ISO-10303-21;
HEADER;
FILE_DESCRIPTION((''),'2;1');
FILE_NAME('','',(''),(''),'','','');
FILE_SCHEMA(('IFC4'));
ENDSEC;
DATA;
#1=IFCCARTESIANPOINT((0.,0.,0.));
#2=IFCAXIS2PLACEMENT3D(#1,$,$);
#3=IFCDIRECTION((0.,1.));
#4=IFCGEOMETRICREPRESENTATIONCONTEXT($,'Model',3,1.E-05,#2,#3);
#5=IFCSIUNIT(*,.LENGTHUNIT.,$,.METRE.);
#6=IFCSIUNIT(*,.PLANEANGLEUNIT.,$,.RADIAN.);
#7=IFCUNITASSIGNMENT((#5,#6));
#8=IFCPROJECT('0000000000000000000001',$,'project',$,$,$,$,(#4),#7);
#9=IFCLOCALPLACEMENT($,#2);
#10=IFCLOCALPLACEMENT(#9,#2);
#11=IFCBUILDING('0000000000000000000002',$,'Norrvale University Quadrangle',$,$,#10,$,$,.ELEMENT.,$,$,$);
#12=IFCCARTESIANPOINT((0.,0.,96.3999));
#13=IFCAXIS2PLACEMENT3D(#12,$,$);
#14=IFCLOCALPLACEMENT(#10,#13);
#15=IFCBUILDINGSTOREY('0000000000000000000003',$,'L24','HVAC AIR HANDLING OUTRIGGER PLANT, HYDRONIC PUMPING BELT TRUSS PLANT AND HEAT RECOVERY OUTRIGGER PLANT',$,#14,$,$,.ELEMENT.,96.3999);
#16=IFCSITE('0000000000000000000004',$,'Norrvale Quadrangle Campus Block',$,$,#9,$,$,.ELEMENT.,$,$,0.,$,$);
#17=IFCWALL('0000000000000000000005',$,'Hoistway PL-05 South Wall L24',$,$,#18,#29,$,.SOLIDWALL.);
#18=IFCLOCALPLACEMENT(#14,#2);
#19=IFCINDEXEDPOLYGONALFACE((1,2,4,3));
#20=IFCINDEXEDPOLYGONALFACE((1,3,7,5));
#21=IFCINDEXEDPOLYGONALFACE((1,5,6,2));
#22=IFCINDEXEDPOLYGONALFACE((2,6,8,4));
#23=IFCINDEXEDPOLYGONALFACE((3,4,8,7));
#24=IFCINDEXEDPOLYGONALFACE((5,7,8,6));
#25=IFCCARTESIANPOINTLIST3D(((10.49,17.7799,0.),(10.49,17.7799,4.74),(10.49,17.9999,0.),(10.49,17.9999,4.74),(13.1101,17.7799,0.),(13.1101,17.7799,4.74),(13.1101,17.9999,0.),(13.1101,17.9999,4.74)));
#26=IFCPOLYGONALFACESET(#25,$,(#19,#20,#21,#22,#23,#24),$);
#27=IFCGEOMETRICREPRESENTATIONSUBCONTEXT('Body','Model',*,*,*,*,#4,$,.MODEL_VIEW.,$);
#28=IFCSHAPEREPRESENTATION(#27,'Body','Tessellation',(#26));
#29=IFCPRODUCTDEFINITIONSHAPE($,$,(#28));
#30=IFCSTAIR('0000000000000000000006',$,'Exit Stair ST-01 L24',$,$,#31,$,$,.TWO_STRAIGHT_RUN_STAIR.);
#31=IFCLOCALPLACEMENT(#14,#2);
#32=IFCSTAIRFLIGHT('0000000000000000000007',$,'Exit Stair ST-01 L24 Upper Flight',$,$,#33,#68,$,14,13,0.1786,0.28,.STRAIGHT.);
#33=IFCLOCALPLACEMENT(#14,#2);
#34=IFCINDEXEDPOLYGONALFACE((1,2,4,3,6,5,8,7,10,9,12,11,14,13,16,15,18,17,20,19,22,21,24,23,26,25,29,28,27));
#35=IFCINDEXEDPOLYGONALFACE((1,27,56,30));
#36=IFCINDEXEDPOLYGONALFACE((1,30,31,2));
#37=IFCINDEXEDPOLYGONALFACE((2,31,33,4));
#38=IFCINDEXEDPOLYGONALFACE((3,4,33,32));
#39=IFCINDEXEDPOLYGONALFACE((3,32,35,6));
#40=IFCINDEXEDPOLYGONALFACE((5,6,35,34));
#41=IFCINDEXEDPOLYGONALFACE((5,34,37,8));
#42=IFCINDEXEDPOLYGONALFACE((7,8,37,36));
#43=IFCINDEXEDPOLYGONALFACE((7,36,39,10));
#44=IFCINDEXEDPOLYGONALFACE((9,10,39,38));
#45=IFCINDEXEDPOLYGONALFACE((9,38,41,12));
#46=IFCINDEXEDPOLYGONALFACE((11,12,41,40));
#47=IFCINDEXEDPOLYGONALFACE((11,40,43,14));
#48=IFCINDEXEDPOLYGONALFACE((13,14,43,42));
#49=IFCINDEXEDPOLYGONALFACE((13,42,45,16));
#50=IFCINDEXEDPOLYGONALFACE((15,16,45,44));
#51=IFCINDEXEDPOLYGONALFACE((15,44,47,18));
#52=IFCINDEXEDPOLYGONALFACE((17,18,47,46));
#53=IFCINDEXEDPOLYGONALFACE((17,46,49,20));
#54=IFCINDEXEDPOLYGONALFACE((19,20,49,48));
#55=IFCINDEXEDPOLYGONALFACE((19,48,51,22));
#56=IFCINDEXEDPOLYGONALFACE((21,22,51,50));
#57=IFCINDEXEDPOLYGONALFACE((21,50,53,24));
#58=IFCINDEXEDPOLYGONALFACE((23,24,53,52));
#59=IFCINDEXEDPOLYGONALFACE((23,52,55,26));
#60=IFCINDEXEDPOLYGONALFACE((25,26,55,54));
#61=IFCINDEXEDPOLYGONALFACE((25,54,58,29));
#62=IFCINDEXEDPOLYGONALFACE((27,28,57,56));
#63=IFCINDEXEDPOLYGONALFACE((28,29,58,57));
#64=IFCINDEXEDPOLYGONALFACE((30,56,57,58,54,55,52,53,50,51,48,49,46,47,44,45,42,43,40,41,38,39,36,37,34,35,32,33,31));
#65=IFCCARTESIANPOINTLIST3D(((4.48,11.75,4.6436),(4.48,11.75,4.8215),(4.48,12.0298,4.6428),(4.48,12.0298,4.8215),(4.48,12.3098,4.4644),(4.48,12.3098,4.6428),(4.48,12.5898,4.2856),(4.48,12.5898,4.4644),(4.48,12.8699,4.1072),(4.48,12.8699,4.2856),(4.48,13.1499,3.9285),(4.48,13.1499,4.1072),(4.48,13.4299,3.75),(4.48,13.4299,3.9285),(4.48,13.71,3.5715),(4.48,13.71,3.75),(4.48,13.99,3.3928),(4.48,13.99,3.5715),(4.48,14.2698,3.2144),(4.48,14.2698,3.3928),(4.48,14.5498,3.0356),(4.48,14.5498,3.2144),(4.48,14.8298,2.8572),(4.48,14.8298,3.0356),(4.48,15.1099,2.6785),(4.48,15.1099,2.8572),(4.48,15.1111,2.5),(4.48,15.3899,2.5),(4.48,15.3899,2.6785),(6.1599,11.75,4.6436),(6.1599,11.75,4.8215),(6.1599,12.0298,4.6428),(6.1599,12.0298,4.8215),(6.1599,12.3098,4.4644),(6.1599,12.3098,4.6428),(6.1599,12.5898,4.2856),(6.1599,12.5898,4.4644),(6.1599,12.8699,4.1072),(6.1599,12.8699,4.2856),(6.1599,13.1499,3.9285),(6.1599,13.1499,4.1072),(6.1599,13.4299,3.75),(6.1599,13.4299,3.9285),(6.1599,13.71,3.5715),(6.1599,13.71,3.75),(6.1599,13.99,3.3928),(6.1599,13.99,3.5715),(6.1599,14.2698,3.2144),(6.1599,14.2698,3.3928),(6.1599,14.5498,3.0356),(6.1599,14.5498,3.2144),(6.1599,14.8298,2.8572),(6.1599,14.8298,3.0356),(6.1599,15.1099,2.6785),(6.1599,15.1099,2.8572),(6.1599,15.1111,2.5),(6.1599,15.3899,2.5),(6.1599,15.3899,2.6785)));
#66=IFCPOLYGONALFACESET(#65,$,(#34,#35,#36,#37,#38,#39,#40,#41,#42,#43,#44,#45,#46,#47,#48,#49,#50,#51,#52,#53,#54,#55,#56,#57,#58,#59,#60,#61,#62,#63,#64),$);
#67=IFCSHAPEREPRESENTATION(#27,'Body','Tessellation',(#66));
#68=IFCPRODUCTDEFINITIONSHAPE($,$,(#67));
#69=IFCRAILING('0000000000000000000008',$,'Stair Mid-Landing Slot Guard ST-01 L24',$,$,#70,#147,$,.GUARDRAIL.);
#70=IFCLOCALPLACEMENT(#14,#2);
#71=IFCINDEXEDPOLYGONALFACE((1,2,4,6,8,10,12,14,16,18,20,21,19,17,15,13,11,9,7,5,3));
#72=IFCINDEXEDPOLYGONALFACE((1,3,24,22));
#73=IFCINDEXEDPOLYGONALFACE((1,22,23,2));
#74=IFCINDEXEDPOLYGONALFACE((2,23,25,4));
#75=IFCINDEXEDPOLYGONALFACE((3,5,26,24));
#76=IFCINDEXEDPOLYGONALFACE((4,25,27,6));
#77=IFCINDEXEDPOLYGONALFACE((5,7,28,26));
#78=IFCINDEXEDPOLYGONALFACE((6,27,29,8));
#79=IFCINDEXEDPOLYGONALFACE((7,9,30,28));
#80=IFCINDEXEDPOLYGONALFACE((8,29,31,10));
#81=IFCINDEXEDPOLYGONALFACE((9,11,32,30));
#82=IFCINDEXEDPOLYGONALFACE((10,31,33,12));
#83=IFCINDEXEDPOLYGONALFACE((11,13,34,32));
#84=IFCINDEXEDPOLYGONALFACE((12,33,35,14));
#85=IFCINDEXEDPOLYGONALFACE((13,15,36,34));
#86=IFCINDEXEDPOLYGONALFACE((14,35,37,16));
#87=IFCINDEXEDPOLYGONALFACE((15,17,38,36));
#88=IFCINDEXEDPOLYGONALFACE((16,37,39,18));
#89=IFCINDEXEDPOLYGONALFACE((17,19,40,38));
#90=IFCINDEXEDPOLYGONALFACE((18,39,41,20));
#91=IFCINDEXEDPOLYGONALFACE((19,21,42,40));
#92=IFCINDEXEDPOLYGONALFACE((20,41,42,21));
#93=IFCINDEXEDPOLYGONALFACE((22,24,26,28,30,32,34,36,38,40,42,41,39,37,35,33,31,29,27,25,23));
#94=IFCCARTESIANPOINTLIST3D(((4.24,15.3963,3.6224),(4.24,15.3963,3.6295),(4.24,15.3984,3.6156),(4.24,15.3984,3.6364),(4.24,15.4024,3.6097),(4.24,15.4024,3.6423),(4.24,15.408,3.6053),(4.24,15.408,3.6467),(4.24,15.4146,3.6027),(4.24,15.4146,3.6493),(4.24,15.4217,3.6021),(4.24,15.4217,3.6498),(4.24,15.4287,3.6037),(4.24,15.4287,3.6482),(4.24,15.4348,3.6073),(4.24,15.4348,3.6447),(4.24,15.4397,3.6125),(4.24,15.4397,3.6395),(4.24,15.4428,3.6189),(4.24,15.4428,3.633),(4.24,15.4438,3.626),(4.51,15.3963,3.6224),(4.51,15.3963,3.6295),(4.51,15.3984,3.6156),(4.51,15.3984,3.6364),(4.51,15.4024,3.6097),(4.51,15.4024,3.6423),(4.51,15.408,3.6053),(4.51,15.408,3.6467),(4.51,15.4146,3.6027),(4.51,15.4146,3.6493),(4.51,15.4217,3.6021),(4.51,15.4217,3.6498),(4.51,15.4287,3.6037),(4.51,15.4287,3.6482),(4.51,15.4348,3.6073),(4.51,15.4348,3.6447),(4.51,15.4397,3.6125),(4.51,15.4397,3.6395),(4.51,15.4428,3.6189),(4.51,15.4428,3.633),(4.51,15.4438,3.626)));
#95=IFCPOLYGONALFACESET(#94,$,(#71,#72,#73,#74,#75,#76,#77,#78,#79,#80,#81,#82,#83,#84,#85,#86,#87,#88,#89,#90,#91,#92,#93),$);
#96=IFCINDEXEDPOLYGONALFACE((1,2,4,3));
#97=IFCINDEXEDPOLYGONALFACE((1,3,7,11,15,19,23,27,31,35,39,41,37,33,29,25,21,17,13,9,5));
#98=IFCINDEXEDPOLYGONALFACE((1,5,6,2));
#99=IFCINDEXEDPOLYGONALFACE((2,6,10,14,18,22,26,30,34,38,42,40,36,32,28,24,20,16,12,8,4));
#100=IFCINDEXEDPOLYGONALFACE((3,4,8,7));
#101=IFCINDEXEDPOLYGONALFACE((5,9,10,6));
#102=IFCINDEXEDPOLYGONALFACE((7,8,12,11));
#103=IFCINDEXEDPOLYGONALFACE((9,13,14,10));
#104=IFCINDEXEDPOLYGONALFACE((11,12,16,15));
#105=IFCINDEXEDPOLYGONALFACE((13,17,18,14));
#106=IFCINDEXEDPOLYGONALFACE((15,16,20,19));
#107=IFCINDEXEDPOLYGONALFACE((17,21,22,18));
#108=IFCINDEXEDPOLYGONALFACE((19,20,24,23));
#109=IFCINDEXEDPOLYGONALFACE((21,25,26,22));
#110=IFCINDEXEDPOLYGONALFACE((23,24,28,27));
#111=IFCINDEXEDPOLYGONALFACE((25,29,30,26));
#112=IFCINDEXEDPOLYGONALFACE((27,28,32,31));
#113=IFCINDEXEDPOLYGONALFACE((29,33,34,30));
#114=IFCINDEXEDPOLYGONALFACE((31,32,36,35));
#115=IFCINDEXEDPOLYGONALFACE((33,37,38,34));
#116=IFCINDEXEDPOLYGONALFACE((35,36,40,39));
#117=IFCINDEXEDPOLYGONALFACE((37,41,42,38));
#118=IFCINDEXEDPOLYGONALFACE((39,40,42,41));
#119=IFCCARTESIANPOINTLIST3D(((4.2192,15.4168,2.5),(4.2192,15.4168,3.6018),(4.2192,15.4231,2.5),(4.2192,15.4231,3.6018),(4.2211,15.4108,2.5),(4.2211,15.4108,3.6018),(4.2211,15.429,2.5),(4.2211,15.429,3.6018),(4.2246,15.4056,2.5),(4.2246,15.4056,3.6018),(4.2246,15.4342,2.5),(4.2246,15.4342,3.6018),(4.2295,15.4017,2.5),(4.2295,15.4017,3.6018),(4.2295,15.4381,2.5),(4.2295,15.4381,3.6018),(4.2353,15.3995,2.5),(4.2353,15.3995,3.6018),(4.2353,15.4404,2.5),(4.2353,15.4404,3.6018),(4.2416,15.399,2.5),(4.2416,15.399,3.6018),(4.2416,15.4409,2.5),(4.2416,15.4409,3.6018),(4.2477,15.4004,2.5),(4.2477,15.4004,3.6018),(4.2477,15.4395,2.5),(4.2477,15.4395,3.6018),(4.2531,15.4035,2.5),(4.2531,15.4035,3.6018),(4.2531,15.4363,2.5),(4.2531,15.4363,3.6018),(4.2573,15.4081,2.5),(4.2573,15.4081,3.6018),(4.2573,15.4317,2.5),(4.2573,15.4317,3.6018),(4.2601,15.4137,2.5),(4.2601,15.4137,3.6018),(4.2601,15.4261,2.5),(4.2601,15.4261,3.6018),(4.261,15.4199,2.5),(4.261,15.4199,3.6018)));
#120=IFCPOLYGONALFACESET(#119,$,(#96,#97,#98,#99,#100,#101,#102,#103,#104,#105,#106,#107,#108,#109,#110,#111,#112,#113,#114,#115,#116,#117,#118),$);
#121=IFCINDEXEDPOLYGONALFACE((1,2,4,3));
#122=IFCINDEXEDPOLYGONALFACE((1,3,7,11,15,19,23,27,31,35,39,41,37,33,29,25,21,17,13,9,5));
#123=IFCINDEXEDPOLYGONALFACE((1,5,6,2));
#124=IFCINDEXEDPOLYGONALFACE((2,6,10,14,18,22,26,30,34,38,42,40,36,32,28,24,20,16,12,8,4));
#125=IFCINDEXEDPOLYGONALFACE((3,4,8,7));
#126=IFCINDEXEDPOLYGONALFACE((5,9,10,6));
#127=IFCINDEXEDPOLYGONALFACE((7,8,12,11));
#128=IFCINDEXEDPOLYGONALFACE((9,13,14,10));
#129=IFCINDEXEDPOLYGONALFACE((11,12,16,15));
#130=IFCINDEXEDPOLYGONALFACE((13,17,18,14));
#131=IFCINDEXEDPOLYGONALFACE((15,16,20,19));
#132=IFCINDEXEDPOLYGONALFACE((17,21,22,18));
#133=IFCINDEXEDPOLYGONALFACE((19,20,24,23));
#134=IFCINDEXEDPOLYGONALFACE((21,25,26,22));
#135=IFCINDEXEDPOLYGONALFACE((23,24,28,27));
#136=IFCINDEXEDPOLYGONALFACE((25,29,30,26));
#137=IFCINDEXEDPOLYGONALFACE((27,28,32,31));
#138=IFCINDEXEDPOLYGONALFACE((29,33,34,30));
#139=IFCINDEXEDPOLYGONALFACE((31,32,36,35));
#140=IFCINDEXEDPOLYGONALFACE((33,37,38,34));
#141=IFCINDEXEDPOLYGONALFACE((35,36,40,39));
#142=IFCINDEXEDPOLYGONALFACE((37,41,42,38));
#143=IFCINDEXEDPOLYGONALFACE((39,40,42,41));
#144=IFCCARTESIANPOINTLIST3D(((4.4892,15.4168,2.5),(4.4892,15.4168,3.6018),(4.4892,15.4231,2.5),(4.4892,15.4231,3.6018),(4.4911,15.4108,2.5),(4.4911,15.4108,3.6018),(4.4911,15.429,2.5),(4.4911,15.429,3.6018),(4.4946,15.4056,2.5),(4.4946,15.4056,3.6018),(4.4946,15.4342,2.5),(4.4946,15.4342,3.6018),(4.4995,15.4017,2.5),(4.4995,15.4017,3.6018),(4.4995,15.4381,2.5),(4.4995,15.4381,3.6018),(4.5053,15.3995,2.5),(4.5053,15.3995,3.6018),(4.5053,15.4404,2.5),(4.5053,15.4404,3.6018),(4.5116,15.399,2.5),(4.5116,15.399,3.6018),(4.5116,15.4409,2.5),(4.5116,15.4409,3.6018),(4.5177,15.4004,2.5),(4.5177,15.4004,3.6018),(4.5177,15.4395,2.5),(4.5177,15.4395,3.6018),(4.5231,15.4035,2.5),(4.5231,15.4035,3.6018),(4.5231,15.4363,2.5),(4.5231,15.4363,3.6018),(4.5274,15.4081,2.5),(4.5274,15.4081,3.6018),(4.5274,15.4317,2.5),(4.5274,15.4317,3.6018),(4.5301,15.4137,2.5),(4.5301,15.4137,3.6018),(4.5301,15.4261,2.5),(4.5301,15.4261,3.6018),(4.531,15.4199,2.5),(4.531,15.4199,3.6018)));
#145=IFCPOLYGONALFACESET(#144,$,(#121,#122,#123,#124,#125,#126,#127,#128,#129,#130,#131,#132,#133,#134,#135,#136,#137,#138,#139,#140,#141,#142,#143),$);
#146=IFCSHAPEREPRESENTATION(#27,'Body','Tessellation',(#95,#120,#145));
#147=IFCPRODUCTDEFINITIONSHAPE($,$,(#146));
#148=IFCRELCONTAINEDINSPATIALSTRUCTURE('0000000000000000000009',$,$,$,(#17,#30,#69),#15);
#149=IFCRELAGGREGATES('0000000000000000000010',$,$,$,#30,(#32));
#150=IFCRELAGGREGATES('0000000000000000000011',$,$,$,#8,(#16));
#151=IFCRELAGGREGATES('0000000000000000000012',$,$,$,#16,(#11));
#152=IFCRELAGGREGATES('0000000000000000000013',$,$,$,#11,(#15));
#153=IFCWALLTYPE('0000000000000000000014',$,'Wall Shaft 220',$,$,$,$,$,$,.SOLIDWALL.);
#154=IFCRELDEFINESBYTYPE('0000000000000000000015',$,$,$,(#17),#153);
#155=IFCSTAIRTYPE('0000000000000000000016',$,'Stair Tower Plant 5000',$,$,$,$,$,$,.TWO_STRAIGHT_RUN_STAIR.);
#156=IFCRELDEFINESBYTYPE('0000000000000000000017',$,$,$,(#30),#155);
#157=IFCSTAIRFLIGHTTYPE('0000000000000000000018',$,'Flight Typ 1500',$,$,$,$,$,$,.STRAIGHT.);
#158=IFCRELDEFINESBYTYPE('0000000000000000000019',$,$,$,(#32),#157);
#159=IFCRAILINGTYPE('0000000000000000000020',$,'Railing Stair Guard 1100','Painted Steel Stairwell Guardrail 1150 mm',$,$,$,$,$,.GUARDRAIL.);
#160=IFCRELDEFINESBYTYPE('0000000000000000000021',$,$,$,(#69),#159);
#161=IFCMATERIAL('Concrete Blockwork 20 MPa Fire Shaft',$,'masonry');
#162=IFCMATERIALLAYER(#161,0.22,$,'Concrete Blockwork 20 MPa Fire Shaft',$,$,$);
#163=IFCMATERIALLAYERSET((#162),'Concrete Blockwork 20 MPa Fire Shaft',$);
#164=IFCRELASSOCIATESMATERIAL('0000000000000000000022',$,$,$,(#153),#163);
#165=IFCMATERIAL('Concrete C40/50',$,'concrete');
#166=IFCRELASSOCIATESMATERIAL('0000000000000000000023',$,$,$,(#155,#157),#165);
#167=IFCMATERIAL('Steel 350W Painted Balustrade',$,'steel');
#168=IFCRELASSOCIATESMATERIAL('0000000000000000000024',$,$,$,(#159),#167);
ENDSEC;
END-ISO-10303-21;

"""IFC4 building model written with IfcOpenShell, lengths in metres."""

from ifc_helpers import new_model, si_unit, direction, frame, frame_2d, origin, origin_2d, place, context, subcontext, project, spatial, polyline, rectangle, circle, outline, extrude, material, layer, layer_set, type_object, element, aggregate, save


model = new_model("IFC4")

# Units and contexts
model_context = context("Model", 3, precision=1e-05, world=origin(), true_north=direction((0.0, 1.0)))
body_context = subcontext(model_context, "Body", "Model", "MODEL_VIEW")
ifc_project = project(units=[si_unit("LENGTHUNIT", "METRE"), si_unit("PLANEANGLEUNIT", "RADIAN")], contexts=[model_context])

# Site, building, storey
site_placement = place(None, origin())
site = spatial("IfcSite", under=ifc_project, at=site_placement, Name="Norrvale Quadrangle Campus Block", CompositionType="ELEMENT", RefElevation=0.0)
building_placement = place(site_placement, origin())
building = spatial("IfcBuilding", under=site, at=building_placement, Name="Norrvale University Quadrangle", CompositionType="ELEMENT")
storey_placement = place(building_placement, frame((0.0, 0.0, 96.3999)))
storey = spatial("IfcBuildingStorey", under=building, at=storey_placement, Name="L24", Description="HVAC AIR HANDLING OUTRIGGER PLANT, HYDRONIC PUMPING BELT TRUSS PLANT AND HEAT RECOVERY OUTRIGGER PLANT", CompositionType="ELEMENT", Elevation=96.3999)

# Shared definitions
ifc_material_1 = material(Name="Concrete Blockwork 20 MPa Fire Shaft", Category="masonry")
ifc_layer_1 = layer(ifc_material_1, 0.22, Name="Concrete Blockwork 20 MPa Fire Shaft")
ifc_layer_set_1 = layer_set([ifc_layer_1], Name="Concrete Blockwork 20 MPa Fire Shaft")
wall_type_1 = type_object("IfcWallType", Name="Wall Shaft 220", PredefinedType="SOLIDWALL", material=ifc_layer_set_1)

# Wall
wall_1_placement = place(storey_placement, frame((10.49, 17.8899, 0.0), z_axis=(0.0, 0.0, 1.0), x_axis=(1.0, 0.0, 0.0)))
element("IfcWall", 1, at=wall_1_placement, inside=storey, type_object=wall_type_1, Name="Hoistway PL-05 South Wall L24", PredefinedType="SOLIDWALL", context=body_context, shape_type="SweptSolid", body=[
    extrude(rectangle(XDim=2.6201, YDim=0.22, at=frame_2d((1.3101, 0.0))), origin(), (0.0, 0.0, 1.0), 4.74),
])

# Stair, stair flight
ifc_material_2 = material(Name="Concrete C40/50", Category="concrete")
stair_type = type_object("IfcStairType", Name="Stair Tower Plant 5000", PredefinedType="TWO_STRAIGHT_RUN_STAIR", material=ifc_material_2)
stair_placement = place(storey_placement, origin())
stair = element("IfcStair", 2, at=stair_placement, inside=storey, type_object=stair_type, Name="Exit Stair ST-01 L24", PredefinedType="TWO_STRAIGHT_RUN_STAIR")
stair_flight_type = type_object("IfcStairFlightType", Name="Flight Typ 1500", PredefinedType="STRAIGHT", material=ifc_material_2)
stair_flight_placement = place(storey_placement, frame((5.3201, 15.3899, 2.5), z_axis=(0.0, 0.0, 1.0), x_axis=(0.0, -1.0, 0.0)))
stair_flight = element("IfcStairFlight", 3, at=stair_flight_placement, type_object=stair_flight_type, Name="Exit Stair ST-01 L24 Upper Flight", NumberOfRisers=14, NumberOfTreads=13, PredefinedType="STRAIGHT", RiserHeight=0.1786, TreadLength=0.28, context=body_context, shape_type="SweptSolid", body=[
    extrude(outline(polyline([(0.0, 0.0), (0.0, 0.1785), (0.28, 0.1785), (0.28, 0.3572), (0.5601, 0.3572), (0.5601, 0.5356), (0.8401, 0.5356), (0.8401, 0.7144), (1.1201, 0.7144), (1.1201, 0.8928), (1.3999, 0.8928), (1.3999, 1.0715), (1.6799, 1.0715), (1.6799, 1.25), (1.96, 1.25), (1.96, 1.4285), (2.24, 1.4285), (2.24, 1.6072), (2.52, 1.6072), (2.52, 1.7856), (2.8, 1.7856), (2.8, 1.9644), (3.0801, 1.9644), (3.0801, 2.1428), (3.3601, 2.1428), (3.3601, 2.3215), (3.6399, 2.3215), (3.6399, 2.5), (3.6399, 2.1436), (0.2788, 0.0), (0.0, 0.0)])), frame((0.0, 0.8398, 0.0), z_axis=(0.0, -1.0, 0.0), x_axis=(1.0, 0.0, 0.0)), (0.0, 0.0, 1.0), 1.6799),
])
aggregate(stair, [stair_flight])

# Railing
ifc_material_3 = material(Name="Steel 350W Painted Balustrade", Category="steel")
railing_type_1 = type_object("IfcRailingType", Name="Railing Stair Guard 1100", Description="Painted Steel Stairwell Guardrail 1150 mm", PredefinedType="GUARDRAIL", material=ifc_material_3)
railing_1_placement = place(storey_placement, frame((4.24, 15.4199, 2.5)))
element("IfcRailing", 4, at=railing_1_placement, inside=storey, type_object=railing_type_1, Name="Stair Mid-Landing Slot Guard ST-01 L24", PredefinedType="GUARDRAIL", context=body_context, shape_type="SweptSolid", body=[
    extrude(circle(Radius=0.0239, at=origin_2d()), frame((0.0, 0.0, 1.126), z_axis=(1.0, 0.0, 0.0), x_axis=(0.0, 1.0, 0.0)), (0.0, 0.0, 1.0), 0.27),
    extrude(circle(Radius=0.021, at=origin_2d()), origin(), (0.0, 0.0, 1.0), 1.1018),
    extrude(circle(Radius=0.021, at=origin_2d()), frame((0.27, 0.0, 0.0)), (0.0, 0.0, 1.0), 1.1018),
])

save(model, "model.ifc")
